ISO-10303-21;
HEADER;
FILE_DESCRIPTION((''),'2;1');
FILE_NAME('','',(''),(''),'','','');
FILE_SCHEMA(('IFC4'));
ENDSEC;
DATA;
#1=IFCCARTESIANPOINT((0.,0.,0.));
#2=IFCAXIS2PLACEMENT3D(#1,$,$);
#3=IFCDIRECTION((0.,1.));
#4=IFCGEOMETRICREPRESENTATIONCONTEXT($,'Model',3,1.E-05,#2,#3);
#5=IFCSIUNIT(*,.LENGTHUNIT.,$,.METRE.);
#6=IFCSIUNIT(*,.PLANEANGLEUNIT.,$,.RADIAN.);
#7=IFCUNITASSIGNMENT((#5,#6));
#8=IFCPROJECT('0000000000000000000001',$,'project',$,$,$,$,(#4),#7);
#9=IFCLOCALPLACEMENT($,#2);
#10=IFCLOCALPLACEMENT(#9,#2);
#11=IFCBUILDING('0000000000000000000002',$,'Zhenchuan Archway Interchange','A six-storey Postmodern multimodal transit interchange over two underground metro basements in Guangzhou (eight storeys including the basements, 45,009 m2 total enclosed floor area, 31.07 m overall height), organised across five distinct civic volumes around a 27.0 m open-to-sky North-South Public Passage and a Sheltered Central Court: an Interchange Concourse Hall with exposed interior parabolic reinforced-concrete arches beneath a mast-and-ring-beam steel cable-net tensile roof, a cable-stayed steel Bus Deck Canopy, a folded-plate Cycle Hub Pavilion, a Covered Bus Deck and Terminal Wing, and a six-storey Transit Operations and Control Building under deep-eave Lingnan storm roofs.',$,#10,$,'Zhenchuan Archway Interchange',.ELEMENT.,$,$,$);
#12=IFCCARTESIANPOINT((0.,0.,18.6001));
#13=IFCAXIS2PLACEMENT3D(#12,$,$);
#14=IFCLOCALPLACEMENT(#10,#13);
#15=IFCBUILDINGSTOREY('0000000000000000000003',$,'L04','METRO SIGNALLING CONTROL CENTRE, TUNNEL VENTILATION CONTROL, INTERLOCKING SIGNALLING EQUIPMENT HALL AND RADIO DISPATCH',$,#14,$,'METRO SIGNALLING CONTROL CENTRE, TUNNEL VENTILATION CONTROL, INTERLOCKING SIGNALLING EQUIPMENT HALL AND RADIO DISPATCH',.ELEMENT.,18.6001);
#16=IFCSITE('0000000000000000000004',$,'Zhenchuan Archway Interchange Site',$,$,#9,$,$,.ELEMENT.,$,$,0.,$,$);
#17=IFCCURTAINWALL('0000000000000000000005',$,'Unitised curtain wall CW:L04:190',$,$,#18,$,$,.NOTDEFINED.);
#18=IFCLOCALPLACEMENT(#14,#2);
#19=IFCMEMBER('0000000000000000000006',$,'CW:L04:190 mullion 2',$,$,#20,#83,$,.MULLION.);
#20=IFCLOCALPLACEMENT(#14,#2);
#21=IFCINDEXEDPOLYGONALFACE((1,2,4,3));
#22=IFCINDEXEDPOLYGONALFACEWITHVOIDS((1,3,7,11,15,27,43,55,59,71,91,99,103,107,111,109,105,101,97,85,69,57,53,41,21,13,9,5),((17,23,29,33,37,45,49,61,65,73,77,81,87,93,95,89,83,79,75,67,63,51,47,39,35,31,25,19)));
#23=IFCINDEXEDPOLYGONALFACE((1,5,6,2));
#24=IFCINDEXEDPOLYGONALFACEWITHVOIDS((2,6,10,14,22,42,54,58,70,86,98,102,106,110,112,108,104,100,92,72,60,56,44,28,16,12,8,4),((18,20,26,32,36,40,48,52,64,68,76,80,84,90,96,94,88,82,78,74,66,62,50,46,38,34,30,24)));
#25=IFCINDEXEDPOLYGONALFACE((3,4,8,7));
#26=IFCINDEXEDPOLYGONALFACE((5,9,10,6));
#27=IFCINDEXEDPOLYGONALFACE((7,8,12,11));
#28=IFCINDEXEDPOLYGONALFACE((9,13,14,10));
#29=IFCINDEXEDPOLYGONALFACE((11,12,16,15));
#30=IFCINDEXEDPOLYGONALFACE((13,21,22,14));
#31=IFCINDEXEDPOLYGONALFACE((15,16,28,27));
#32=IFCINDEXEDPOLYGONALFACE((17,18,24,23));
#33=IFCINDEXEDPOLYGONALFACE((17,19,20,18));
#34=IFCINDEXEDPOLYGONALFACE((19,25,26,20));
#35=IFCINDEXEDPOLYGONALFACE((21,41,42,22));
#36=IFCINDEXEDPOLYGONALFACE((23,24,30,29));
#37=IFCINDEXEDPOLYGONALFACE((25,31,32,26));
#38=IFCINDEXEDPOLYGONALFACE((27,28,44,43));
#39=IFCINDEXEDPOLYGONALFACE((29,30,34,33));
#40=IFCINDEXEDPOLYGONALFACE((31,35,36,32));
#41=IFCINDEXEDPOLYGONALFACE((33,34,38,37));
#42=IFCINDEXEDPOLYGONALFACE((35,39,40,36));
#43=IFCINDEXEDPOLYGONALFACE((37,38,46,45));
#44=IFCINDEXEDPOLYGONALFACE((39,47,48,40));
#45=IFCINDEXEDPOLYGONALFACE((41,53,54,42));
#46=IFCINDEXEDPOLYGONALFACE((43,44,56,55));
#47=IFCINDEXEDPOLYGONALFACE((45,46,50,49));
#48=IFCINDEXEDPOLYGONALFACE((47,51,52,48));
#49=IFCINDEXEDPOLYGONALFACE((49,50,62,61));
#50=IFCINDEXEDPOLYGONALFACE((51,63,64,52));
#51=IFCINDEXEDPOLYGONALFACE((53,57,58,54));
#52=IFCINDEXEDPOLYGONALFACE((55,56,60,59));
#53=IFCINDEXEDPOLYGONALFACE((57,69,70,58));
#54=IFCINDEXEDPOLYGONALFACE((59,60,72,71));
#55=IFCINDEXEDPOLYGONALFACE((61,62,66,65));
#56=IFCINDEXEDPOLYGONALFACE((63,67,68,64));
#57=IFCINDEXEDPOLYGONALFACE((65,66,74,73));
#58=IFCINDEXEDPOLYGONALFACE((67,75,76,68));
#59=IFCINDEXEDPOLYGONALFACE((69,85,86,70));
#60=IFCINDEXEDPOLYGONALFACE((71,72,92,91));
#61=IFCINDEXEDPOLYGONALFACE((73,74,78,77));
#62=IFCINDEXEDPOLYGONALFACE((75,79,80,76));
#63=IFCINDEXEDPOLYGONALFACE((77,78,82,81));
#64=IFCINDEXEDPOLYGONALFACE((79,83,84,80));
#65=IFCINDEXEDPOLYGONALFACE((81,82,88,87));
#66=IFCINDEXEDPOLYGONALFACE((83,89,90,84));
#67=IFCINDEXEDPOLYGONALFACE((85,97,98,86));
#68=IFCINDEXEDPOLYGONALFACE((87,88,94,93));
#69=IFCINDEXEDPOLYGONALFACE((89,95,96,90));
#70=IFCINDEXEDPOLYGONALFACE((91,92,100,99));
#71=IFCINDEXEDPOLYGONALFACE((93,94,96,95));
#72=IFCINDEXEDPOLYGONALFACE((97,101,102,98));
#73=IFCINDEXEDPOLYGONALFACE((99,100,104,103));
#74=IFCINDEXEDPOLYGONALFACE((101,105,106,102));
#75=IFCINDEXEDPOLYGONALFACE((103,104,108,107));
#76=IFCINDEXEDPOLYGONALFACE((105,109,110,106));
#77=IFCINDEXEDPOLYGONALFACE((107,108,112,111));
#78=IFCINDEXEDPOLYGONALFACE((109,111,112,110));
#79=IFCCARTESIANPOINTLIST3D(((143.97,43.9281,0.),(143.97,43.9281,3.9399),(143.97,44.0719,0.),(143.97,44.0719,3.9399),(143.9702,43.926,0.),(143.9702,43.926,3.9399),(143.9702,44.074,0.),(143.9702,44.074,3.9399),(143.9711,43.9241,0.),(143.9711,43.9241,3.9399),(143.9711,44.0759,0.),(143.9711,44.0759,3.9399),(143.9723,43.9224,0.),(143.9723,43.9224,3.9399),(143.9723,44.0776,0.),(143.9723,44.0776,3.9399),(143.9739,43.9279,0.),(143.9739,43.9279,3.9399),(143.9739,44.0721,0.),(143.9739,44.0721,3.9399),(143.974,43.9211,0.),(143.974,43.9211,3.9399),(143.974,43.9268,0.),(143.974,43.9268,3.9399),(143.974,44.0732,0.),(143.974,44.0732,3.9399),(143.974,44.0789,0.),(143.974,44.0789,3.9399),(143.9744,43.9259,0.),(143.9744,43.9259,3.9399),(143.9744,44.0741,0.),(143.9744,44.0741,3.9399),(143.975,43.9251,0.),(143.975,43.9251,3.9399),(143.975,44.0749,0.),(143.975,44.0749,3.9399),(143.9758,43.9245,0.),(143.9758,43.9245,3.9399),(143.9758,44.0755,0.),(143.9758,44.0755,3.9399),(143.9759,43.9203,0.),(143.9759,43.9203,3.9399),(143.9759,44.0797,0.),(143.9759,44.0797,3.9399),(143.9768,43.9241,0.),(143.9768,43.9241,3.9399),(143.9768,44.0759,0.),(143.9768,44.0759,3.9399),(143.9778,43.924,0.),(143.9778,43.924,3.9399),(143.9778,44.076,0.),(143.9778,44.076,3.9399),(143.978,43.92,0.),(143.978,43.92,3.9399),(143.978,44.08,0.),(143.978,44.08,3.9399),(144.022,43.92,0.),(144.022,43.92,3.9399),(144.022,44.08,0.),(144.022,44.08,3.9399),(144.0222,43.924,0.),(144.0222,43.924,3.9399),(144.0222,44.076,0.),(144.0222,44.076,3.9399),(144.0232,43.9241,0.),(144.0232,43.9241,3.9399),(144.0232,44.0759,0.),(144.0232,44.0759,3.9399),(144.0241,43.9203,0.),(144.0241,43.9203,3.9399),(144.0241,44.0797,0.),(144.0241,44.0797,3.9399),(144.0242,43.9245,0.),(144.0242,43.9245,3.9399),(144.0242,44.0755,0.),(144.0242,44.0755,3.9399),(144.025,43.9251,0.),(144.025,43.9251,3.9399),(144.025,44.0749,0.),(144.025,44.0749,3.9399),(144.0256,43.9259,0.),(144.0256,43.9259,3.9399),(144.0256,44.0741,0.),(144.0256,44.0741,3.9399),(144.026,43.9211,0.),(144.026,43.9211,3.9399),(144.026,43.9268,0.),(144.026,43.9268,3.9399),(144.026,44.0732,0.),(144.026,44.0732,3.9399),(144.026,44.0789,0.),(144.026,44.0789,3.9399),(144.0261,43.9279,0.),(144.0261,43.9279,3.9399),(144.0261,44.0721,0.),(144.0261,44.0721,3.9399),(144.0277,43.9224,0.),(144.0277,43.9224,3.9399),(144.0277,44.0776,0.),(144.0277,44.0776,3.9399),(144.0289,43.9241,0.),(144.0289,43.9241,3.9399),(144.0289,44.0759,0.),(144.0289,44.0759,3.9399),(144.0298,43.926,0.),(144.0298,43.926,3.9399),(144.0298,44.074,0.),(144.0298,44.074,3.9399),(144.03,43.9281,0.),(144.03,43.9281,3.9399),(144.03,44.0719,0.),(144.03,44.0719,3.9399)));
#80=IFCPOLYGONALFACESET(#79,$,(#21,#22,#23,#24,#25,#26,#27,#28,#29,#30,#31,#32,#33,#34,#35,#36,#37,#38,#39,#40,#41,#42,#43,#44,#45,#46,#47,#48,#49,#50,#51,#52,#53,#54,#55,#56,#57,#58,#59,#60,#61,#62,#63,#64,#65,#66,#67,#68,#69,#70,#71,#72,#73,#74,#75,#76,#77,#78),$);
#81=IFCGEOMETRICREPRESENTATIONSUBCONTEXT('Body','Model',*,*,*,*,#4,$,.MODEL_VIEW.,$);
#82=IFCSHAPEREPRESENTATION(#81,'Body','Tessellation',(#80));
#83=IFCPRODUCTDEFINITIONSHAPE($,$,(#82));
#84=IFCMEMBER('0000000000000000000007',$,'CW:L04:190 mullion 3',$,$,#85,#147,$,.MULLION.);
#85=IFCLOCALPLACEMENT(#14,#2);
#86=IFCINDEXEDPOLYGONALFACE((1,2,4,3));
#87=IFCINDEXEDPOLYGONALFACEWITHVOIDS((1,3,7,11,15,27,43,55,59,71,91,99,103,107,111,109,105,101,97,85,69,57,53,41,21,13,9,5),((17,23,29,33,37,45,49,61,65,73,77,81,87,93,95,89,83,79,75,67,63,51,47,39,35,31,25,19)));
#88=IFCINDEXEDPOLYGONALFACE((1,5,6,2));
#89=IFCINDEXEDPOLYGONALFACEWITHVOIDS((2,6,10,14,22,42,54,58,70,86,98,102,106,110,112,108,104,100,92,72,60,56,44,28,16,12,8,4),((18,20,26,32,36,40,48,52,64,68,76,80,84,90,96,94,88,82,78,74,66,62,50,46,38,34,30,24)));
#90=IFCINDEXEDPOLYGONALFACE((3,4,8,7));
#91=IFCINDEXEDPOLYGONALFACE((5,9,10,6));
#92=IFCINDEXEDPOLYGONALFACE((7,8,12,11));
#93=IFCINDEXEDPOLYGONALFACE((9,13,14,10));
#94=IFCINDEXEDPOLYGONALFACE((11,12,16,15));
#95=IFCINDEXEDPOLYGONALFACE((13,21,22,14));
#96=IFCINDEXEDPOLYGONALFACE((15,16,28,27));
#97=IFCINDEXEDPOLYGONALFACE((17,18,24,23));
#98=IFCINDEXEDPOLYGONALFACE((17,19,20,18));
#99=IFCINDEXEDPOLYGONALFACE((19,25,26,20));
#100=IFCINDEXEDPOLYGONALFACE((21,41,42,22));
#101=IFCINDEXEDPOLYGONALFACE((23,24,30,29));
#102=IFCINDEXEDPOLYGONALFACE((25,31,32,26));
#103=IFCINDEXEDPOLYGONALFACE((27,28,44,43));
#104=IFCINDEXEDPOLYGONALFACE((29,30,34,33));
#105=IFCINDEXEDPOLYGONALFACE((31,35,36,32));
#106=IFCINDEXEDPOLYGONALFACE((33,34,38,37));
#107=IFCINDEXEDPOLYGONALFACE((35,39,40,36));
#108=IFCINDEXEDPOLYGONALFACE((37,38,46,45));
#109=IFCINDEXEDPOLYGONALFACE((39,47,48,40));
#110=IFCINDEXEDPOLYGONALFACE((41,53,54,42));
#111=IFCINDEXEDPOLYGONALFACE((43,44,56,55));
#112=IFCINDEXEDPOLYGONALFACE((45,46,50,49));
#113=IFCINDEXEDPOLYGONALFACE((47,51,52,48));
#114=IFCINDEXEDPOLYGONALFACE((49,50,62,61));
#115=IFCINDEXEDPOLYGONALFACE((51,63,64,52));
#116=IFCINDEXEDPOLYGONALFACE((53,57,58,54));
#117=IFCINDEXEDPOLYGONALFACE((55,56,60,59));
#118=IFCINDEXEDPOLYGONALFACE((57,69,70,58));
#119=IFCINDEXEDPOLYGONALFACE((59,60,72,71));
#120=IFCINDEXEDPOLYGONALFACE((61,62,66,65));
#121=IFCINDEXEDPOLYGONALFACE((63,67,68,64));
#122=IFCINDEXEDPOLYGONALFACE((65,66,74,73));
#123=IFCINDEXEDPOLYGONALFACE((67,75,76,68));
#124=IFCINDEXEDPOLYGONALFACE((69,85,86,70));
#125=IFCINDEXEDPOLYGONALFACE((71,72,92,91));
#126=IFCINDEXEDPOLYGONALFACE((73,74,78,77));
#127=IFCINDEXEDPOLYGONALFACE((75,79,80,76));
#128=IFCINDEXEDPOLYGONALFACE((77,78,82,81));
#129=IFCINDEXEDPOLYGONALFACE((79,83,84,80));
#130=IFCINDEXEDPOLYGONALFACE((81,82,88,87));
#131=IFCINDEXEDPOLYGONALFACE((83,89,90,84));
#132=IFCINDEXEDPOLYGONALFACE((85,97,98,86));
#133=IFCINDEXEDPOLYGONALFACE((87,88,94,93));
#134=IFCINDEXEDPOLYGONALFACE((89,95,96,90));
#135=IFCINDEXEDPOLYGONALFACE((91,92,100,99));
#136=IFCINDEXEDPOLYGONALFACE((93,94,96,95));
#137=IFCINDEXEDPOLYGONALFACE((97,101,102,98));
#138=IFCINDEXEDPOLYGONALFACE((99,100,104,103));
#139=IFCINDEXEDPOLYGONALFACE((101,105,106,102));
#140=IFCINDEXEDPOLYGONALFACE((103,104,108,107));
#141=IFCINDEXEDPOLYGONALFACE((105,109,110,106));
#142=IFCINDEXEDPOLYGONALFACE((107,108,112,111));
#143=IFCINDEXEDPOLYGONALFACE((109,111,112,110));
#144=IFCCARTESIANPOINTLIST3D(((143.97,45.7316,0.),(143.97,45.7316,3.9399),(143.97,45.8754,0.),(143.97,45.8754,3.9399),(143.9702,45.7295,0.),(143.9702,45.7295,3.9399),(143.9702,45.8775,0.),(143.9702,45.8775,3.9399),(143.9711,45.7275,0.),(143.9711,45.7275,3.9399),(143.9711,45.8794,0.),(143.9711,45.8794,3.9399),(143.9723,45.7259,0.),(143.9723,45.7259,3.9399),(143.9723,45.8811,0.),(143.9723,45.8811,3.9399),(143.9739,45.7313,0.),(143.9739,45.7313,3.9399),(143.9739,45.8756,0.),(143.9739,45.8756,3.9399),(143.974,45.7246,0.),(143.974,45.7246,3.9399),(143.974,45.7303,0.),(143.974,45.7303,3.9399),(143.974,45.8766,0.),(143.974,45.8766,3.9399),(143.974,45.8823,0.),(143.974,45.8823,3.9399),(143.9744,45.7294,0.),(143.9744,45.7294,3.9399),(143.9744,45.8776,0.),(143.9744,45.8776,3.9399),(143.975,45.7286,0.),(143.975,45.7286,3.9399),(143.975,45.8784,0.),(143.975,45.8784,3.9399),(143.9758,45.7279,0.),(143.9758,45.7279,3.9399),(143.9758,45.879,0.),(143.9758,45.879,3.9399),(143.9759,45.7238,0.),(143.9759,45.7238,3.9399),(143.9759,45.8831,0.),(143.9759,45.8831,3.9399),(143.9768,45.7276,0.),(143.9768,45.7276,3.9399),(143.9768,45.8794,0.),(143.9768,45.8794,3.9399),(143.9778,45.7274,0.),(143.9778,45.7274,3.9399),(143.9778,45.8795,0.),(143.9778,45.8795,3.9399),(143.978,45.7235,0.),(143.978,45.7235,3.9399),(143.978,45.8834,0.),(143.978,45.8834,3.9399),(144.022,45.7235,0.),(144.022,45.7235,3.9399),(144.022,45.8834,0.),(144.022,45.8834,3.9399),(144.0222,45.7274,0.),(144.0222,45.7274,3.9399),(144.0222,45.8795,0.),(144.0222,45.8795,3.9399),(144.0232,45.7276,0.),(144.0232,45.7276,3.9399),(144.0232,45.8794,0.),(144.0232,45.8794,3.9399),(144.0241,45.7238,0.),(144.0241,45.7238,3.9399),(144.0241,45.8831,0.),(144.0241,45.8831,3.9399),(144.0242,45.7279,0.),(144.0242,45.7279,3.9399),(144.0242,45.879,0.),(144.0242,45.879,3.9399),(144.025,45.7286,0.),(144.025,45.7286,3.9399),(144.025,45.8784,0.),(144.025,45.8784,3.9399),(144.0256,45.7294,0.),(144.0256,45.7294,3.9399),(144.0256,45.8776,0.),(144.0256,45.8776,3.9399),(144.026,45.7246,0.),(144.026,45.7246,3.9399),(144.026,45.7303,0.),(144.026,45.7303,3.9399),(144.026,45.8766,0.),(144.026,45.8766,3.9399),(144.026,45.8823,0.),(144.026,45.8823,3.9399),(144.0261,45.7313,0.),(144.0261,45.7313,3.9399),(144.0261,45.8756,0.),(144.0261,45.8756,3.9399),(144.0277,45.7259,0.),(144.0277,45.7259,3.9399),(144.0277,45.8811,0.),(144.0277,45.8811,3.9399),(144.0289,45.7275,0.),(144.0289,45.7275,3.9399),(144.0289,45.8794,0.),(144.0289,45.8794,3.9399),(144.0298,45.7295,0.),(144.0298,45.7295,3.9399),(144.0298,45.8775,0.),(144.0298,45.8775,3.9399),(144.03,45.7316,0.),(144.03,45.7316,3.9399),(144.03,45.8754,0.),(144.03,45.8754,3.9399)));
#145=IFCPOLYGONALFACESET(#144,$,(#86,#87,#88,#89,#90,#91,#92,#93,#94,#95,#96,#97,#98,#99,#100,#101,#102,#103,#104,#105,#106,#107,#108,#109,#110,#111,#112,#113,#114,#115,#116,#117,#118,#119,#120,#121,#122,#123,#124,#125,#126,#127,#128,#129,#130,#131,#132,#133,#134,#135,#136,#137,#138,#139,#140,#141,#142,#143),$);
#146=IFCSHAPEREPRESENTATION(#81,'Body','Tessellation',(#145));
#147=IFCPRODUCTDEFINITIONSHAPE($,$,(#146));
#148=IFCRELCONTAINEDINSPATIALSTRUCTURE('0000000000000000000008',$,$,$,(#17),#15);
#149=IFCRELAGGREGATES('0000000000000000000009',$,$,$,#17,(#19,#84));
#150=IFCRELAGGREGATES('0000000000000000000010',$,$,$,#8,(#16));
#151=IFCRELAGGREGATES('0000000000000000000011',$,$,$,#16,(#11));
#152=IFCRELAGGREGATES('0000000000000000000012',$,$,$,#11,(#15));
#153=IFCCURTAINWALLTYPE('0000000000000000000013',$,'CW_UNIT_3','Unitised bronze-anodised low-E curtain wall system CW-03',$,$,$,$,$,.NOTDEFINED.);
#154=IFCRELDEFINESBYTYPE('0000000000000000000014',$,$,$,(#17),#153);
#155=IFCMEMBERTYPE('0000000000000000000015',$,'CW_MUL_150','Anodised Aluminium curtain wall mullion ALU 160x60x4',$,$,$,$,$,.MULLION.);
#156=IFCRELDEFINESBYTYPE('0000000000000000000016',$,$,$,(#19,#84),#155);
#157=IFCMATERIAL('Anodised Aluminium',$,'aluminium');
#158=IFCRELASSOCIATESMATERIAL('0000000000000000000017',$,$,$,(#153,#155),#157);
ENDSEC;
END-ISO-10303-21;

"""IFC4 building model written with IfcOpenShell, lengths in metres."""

from ifc_helpers import new_model, si_unit, direction, frame, origin, origin_2d, place, context, subcontext, project, spatial, hollow_rectangle, extrude, material, material_profile, profile_set, type_object, element, aggregate, save


model = new_model("IFC4")

# Units and contexts
model_context = context("Model", 3, precision=1e-05, world=origin(), true_north=direction((0.0, 1.0)))
body_context = subcontext(model_context, "Body", "Model", "MODEL_VIEW")
ifc_project = project(units=[si_unit("LENGTHUNIT", "METRE"), si_unit("PLANEANGLEUNIT", "RADIAN")], contexts=[model_context])

# Site, building, storey
site_placement = place(None, origin())
site = spatial("IfcSite", under=ifc_project, at=site_placement, Name="Zhenchuan Archway Interchange Site", CompositionType="ELEMENT", RefElevation=0.0)
building_placement = place(site_placement, origin())
building = spatial("IfcBuilding", under=site, at=building_placement, Name="Zhenchuan Archway Interchange", Description="A six-storey Postmodern multimodal transit interchange over two underground metro basements in Guangzhou (eight storeys including the basements, 45,009 m2 total enclosed floor area, 31.07 m overall height), organised across five distinct civic volumes around a 27.0 m open-to-sky North-South Public Passage and a Sheltered Central Court: an Interchange Concourse Hall with exposed interior parabolic reinforced-concrete arches beneath a mast-and-ring-beam steel cable-net tensile roof, a cable-stayed steel Bus Deck Canopy, a folded-plate Cycle Hub Pavilion, a Covered Bus Deck and Terminal Wing, and a six-storey Transit Operations and Control Building under deep-eave Lingnan storm roofs.", LongName="Zhenchuan Archway Interchange", CompositionType="ELEMENT")
storey_placement = place(building_placement, frame((0.0, 0.0, 18.6001)))
storey = spatial("IfcBuildingStorey", under=building, at=storey_placement, Name="L04", Description="METRO SIGNALLING CONTROL CENTRE, TUNNEL VENTILATION CONTROL, INTERLOCKING SIGNALLING EQUIPMENT HALL AND RADIO DISPATCH", LongName="METRO SIGNALLING CONTROL CENTRE, TUNNEL VENTILATION CONTROL, INTERLOCKING SIGNALLING EQUIPMENT HALL AND RADIO DISPATCH", CompositionType="ELEMENT", Elevation=18.6001)

# Curtain wall, members
ifc_material_1 = material(Name="Anodised Aluminium", Category="aluminium")
curtain_wall_type = type_object("IfcCurtainWallType", Name="CW_UNIT_3", Description="Unitised bronze-anodised low-E curtain wall system CW-03", PredefinedType="NOTDEFINED", material=ifc_material_1)
curtain_wall_placement = place(storey_placement, origin())
curtain_wall = element("IfcCurtainWall", 1, at=curtain_wall_placement, inside=storey, type_object=curtain_wall_type, Name="Unitised curtain wall CW:L04:190", PredefinedType="NOTDEFINED")
ifc_material_profile_1 = material_profile(ifc_material_1, hollow_rectangle(XDim=0.0601, YDim=0.1599, WallThickness=0.0039, InnerFilletRadius=0.0039, OuterFilletRadius=0.0081, at=origin_2d()), Name="ALU 160x60x4")
ifc_profile_set_1 = profile_set([ifc_material_profile_1], Name="Anodised Aluminium")
member_type_1 = type_object("IfcMemberType", Name="CW_MUL_150", Description="Anodised Aluminium curtain wall mullion ALU 160x60x4", PredefinedType="MULLION", material=ifc_profile_set_1)
member_1_placement = place(storey_placement, frame((144.0, 44.0, 0.0), z_axis=(0.0, 0.0, 1.0), x_axis=(1.0, 0.0, 0.0)))
member_1 = element("IfcMember", 2, at=member_1_placement, type_object=member_type_1, Name="CW:L04:190 mullion 2", PredefinedType="MULLION", context=body_context, shape_type="SweptSolid", body=[
    extrude(hollow_rectangle(XDim=0.0601, YDim=0.1599, WallThickness=0.0039, InnerFilletRadius=0.0039, OuterFilletRadius=0.0081, at=origin_2d()), origin(), (0.0, 0.0, 1.0), 3.9399),
])
member_2_placement = place(storey_placement, frame((144.0, 45.8035, 0.0), z_axis=(0.0, 0.0, 1.0), x_axis=(1.0, 0.0, 0.0)))
member_2 = element("IfcMember", 3, at=member_2_placement, type_object=member_type_1, Name="CW:L04:190 mullion 3", PredefinedType="MULLION", context=body_context, shape_type="SweptSolid", body=[
    extrude(hollow_rectangle(XDim=0.0601, YDim=0.1599, WallThickness=0.0039, InnerFilletRadius=0.0039, OuterFilletRadius=0.0081, at=origin_2d()), origin(), (0.0, 0.0, 1.0), 3.9399),
])

aggregate(curtain_wall, [member_1, member_2])

save(model, "model.ifc")
